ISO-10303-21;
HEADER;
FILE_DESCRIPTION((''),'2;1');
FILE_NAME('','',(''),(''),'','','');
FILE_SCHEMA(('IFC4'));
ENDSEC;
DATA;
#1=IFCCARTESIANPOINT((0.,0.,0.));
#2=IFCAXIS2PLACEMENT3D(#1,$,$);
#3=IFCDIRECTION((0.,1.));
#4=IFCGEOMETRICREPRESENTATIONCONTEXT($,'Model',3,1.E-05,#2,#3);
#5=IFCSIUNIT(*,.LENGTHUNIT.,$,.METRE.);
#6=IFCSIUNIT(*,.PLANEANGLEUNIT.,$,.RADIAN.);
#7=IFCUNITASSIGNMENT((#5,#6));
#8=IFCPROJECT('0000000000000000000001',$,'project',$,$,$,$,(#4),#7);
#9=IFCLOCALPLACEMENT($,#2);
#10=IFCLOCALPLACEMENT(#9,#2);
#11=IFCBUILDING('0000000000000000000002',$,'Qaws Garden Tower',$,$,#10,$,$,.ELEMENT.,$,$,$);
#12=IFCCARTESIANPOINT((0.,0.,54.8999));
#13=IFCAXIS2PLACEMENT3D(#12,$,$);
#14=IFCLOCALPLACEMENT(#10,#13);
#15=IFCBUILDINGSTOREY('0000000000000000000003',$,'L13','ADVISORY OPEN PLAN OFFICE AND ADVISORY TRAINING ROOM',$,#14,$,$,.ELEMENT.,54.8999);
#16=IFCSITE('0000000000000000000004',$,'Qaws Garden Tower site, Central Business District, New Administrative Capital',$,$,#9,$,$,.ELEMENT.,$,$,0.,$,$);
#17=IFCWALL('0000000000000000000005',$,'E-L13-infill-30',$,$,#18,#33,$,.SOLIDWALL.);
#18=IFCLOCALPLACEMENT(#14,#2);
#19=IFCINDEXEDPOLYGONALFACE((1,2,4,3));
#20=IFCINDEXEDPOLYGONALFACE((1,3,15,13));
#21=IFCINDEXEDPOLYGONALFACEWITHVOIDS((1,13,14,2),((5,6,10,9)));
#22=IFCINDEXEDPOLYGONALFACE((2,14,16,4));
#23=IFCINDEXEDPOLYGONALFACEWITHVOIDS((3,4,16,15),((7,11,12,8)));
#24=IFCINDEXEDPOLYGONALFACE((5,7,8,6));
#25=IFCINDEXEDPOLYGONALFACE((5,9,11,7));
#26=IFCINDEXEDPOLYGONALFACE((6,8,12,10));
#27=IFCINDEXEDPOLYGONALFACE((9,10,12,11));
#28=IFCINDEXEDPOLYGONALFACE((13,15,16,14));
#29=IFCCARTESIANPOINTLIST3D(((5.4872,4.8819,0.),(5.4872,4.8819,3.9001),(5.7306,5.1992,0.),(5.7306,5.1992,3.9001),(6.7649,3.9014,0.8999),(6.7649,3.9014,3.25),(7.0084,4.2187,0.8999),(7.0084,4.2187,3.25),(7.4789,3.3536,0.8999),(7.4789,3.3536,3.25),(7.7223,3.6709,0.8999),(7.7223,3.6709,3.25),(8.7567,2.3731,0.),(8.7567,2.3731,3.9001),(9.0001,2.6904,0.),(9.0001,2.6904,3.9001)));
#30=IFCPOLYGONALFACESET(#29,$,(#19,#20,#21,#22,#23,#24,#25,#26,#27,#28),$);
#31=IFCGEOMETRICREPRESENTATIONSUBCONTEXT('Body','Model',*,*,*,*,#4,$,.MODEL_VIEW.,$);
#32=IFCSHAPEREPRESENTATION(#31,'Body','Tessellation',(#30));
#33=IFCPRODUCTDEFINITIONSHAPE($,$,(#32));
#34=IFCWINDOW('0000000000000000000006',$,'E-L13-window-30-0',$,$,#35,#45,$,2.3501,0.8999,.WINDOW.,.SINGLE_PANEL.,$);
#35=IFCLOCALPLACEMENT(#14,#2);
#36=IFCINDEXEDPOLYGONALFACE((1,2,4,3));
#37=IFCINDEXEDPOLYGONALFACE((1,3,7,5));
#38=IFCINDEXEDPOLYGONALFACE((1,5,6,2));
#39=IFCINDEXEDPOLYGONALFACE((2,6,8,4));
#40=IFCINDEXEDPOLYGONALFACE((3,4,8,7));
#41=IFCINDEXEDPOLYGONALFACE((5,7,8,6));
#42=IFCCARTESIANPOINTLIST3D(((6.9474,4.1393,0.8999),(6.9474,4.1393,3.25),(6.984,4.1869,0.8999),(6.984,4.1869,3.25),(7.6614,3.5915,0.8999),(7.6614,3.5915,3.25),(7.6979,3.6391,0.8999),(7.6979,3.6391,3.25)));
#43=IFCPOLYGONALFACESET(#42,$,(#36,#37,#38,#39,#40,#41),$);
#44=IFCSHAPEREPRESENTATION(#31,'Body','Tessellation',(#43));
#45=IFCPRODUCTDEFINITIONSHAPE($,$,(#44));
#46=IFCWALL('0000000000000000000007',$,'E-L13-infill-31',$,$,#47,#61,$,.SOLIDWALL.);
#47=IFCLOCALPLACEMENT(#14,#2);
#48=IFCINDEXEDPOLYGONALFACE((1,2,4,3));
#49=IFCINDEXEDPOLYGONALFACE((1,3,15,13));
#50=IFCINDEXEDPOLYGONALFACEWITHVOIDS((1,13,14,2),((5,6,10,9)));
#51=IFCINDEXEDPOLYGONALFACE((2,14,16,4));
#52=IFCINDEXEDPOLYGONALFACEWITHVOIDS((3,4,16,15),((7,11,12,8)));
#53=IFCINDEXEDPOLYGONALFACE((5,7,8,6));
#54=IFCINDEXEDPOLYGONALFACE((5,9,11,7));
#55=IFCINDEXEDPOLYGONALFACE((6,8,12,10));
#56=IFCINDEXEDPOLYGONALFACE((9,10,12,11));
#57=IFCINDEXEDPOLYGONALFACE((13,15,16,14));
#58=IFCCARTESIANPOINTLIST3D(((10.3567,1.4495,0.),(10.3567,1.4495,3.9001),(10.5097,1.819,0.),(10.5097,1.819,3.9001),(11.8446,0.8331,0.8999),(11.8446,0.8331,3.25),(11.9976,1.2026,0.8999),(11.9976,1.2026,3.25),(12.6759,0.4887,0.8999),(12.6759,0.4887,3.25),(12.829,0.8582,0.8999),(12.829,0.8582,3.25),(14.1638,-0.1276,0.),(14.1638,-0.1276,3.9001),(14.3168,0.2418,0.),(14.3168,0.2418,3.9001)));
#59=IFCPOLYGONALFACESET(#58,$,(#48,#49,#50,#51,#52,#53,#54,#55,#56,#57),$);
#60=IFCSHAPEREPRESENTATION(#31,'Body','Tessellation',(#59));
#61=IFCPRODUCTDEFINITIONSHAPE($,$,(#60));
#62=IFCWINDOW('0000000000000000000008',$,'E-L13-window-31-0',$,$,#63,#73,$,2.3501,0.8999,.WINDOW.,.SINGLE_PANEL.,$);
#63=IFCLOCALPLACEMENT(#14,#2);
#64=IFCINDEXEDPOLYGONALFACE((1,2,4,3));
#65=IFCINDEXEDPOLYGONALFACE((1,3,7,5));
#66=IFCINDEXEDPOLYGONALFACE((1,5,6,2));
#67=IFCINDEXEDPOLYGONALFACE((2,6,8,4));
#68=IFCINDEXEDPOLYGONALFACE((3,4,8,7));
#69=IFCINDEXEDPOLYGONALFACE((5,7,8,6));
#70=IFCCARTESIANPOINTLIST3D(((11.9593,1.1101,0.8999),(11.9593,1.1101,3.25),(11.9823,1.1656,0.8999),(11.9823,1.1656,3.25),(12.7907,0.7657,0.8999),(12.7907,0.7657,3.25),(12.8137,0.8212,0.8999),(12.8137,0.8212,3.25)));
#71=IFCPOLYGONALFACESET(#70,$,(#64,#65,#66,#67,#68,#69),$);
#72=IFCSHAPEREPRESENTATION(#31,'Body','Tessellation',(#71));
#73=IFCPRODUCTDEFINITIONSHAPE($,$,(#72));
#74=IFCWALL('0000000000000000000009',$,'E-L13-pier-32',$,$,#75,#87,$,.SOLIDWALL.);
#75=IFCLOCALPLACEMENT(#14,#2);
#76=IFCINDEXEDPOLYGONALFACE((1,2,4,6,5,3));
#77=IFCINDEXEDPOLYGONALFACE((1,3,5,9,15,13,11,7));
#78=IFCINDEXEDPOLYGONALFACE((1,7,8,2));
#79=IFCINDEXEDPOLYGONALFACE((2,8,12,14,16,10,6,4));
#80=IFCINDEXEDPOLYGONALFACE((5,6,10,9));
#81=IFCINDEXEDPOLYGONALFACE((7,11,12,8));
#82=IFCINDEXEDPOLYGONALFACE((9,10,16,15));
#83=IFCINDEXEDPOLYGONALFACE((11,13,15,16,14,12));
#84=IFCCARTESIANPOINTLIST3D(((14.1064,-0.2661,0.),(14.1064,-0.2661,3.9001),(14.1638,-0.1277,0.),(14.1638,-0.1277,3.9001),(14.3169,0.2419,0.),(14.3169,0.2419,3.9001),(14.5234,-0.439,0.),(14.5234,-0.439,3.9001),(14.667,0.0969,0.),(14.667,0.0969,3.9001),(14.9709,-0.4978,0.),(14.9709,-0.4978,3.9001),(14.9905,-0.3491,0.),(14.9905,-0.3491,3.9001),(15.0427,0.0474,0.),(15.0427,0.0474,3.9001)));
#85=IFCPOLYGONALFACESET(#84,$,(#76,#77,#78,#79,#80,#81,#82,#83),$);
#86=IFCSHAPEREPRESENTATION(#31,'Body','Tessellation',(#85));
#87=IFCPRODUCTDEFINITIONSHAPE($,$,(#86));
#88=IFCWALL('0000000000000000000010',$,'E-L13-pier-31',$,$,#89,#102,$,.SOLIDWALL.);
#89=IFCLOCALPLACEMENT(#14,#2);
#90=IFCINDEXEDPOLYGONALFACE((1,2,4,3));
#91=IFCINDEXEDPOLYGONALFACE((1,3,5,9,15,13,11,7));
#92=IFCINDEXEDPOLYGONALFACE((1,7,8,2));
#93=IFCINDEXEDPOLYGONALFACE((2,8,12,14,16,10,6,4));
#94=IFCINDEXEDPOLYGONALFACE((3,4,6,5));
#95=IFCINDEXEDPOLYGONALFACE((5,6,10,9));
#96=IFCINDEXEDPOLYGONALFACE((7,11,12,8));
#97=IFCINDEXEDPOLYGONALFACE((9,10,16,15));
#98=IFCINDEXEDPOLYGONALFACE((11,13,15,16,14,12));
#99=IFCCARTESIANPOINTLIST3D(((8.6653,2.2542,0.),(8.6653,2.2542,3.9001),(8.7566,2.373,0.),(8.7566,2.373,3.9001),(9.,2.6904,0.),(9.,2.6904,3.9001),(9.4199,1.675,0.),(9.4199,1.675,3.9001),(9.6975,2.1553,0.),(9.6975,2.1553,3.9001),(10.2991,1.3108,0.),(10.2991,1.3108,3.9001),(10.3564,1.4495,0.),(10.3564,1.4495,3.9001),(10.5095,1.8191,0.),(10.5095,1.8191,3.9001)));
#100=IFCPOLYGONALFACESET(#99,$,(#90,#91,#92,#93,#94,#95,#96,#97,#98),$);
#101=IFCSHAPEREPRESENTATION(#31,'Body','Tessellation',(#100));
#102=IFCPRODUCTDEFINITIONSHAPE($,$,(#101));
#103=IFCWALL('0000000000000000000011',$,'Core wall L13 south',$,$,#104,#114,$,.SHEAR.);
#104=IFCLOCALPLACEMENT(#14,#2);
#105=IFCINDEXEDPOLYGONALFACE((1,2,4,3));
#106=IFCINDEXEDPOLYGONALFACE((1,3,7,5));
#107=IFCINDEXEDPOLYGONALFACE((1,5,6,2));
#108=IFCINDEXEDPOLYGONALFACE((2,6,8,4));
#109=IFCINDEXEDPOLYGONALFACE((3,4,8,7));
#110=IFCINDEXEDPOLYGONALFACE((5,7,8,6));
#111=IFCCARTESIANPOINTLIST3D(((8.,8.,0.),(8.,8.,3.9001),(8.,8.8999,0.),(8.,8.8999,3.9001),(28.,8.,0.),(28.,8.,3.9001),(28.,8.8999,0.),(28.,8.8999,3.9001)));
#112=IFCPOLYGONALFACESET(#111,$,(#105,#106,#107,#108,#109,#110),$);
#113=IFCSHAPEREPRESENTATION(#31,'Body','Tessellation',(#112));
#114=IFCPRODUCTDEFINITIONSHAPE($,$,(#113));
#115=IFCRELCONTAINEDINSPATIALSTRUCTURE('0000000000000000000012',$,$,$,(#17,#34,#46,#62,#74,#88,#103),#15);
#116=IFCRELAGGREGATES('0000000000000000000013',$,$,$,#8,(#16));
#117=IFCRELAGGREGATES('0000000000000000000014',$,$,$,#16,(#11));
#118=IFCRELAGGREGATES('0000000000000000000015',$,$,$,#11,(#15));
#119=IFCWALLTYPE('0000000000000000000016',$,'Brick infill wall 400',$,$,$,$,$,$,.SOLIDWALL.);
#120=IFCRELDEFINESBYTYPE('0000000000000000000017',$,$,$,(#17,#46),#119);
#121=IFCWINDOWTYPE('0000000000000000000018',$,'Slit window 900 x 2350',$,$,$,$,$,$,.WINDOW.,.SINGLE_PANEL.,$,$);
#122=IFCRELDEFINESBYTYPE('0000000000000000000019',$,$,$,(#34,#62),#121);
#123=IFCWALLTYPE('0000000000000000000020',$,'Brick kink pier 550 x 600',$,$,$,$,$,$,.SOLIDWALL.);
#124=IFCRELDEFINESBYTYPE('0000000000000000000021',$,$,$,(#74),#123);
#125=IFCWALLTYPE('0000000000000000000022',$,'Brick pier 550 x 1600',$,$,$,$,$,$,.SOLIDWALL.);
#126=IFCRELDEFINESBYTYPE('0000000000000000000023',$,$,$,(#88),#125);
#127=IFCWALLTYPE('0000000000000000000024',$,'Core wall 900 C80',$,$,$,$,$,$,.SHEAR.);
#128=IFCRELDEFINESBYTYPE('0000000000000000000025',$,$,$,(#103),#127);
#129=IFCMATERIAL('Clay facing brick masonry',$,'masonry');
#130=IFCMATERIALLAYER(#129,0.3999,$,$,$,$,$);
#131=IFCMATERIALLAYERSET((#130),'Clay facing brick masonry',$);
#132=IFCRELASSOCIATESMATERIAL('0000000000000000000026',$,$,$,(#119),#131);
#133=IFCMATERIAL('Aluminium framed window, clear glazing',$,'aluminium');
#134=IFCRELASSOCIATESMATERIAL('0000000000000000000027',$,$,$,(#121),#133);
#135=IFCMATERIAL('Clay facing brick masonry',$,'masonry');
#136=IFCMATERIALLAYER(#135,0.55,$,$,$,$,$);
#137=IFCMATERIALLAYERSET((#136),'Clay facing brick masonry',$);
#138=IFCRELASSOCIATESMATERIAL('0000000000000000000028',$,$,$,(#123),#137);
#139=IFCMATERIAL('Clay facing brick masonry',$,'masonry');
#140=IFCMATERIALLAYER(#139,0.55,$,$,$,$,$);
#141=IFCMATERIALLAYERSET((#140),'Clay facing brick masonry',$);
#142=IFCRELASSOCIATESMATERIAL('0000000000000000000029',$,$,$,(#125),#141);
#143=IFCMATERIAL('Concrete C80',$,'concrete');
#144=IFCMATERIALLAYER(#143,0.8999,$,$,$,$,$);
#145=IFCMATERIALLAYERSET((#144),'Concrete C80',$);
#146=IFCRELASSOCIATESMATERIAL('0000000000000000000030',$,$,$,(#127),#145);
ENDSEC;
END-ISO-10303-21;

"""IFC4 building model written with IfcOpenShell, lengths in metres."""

from ifc_helpers import new_model, si_unit, direction, frame, frame_2d, origin, place, context, subcontext, project, spatial, polyline, rectangle, outline, extrude, material, layer, layer_set, type_object, element, fill, save


model = new_model("IFC4")

# Units and contexts
model_context = context("Model", 3, precision=1e-05, world=origin(), true_north=direction((0.0, 1.0)))
body_context = subcontext(model_context, "Body", "Model", "MODEL_VIEW")
ifc_project = project(units=[si_unit("LENGTHUNIT", "METRE"), si_unit("PLANEANGLEUNIT", "RADIAN")], contexts=[model_context])

# Site, building, storey
site_placement = place(None, origin())
site = spatial("IfcSite", under=ifc_project, at=site_placement, Name="Qaws Garden Tower site, Central Business District, New Administrative Capital", CompositionType="ELEMENT", RefElevation=0.0)
building_placement = place(site_placement, origin())
building = spatial("IfcBuilding", under=site, at=building_placement, Name="Qaws Garden Tower", CompositionType="ELEMENT")
storey_placement = place(building_placement, frame((0.0, 0.0, 54.8999)))
storey = spatial("IfcBuildingStorey", under=building, at=storey_placement, Name="L13", Description="ADVISORY OPEN PLAN OFFICE AND ADVISORY TRAINING ROOM", CompositionType="ELEMENT", Elevation=54.8999)

# Shared definitions
placement_1 = place(storey_placement, origin())

# Walls, openings, windows
ifc_material_1 = material(Name="Clay facing brick masonry", Category="masonry")
ifc_layer_1 = layer(ifc_material_1, 0.3999)
ifc_layer_set_1 = layer_set([ifc_layer_1], Name="Clay facing brick masonry")
wall_type_1 = type_object("IfcWallType", Name="Brick infill wall 400", PredefinedType="SOLIDWALL", material=ifc_layer_set_1)
ifc_material_2 = material(Name="Aluminium framed window, clear glazing", Category="aluminium")
window_type = type_object("IfcWindowType", Name="Slit window 900 x 2350", PartitioningType="SINGLE_PANEL", PredefinedType="WINDOW", material=ifc_material_2)
wall_1_placement = place(storey_placement, frame((5.6089, 5.0405, 0.0), z_axis=(0.0, 0.0, 1.0), x_axis=(0.793355, -0.60876, 0.0)))
wall_1 = element("IfcWall", 1, at=wall_1_placement, inside=storey, type_object=wall_type_1, Name="E-L13-infill-30", PredefinedType="SOLIDWALL", context=body_context, shape_type="SweptSolid", body=[
    extrude(rectangle(XDim=4.1211, YDim=0.3999, at=frame_2d((2.0605, 0.0))), origin(), (0.0, 0.0, 1.0), 3.9001),
])
opening_1_placement = place(wall_1_placement, frame((1.6106, 0.0, 0.8999)))
opening_1 = element("IfcOpeningElement", 2, at=opening_1_placement, cuts=wall_1, PredefinedType="OPENING", context=body_context, shape_type="SweptSolid", body=[
    extrude(rectangle(XDim=0.8999, YDim=2.3501, at=frame_2d((0.45, 1.175))), frame((0.0, 0.21, 0.0), z_axis=(0.0, -1.0, 0.0), x_axis=(1.0, 0.0, 0.0)), (0.0, 0.0, 1.0), 0.4199),
])
window_1_placement = place(opening_1_placement, origin())
window_1 = element("IfcWindow", 3, at=window_1_placement, inside=storey, type_object=window_type, Name="E-L13-window-30-0", OverallHeight=2.3501, OverallWidth=0.8999, PartitioningType="SINGLE_PANEL", PredefinedType="WINDOW", context=body_context, shape_type="SweptSolid", body=[
    extrude(rectangle(XDim=0.8999, YDim=2.3501, at=frame_2d((0.45, 1.175))), frame((0.0, 0.1599, 0.0), z_axis=(0.0, -1.0, 0.0), x_axis=(1.0, 0.0, 0.0)), (0.0, 0.0, 1.0), 0.0601),
])
fill(opening_1, window_1)
wall_2_placement = place(storey_placement, frame((10.4331, 1.6343, 0.0), z_axis=(0.0, 0.0, 1.0), x_axis=(0.923864, -0.382722, 0.0)))
wall_2 = element("IfcWall", 4, at=wall_2_placement, inside=storey, type_object=wall_type_1, Name="E-L13-infill-31", PredefinedType="SOLIDWALL", context=body_context, shape_type="SweptSolid", body=[
    extrude(rectangle(XDim=4.1208, YDim=0.3999, at=frame_2d((2.0605, 0.0))), origin(), (0.0, 0.0, 1.0), 3.9001),
])
opening_2_placement = place(wall_2_placement, frame((1.6106, 0.0, 0.8999)))
opening_2 = element("IfcOpeningElement", 5, at=opening_2_placement, cuts=wall_2, PredefinedType="OPENING", context=body_context, shape_type="SweptSolid", body=[
    extrude(rectangle(XDim=0.8999, YDim=2.3501, at=frame_2d((0.45, 1.175))), frame((0.0, 0.21, 0.0), z_axis=(0.0, -1.0, 0.0), x_axis=(1.0, 0.0, 0.0)), (0.0, 0.0, 1.0), 0.4199),
])
window_2_placement = place(opening_2_placement, origin())
window_2 = element("IfcWindow", 6, at=window_2_placement, inside=storey, type_object=window_type, Name="E-L13-window-31-0", OverallHeight=2.3501, OverallWidth=0.8999, PartitioningType="SINGLE_PANEL", PredefinedType="WINDOW", context=body_context, shape_type="SweptSolid", body=[
    extrude(rectangle(XDim=0.8999, YDim=2.3501, at=frame_2d((0.45, 1.175))), frame((0.0, 0.1599, 0.0), z_axis=(0.0, -1.0, 0.0), x_axis=(1.0, 0.0, 0.0)), (0.0, 0.0, 1.0), 0.0601),
])
fill(opening_2, window_2)

# Walls
ifc_material_3 = material(Name="Clay facing brick masonry", Category="masonry")
ifc_layer_2 = layer(ifc_material_3, 0.55)
ifc_layer_set_2 = layer_set([ifc_layer_2], Name="Clay facing brick masonry")
wall_type_2 = type_object("IfcWallType", Name="Brick kink pier 550 x 600", PredefinedType="SOLIDWALL", material=ifc_layer_set_2)
element("IfcWall", 7, at=placement_1, inside=storey, type_object=wall_type_2, Name="E-L13-pier-32", PredefinedType="SOLIDWALL", context=body_context, shape_type="SweptSolid", body=[
    extrude(outline(polyline([(14.1638, -0.1277), (14.1064, -0.2661), (14.5234, -0.439), (14.9709, -0.4978), (14.9905, -0.3491), (15.0427, 0.0474), (14.667, 0.0969), (14.3169, 0.2419), (14.1638, -0.1277)])), origin(), (0.0, 0.0, 1.0), 3.9001),
])
ifc_material_4 = material(Name="Clay facing brick masonry", Category="masonry")
ifc_layer_3 = layer(ifc_material_4, 0.55)
ifc_layer_set_3 = layer_set([ifc_layer_3], Name="Clay facing brick masonry")
wall_type_3 = type_object("IfcWallType", Name="Brick pier 550 x 1600", PredefinedType="SOLIDWALL", material=ifc_layer_set_3)
element("IfcWall", 8, at=placement_1, inside=storey, type_object=wall_type_3, Name="E-L13-pier-31", PredefinedType="SOLIDWALL", context=body_context, shape_type="SweptSolid", body=[
    extrude(outline(polyline([(8.7566, 2.373), (8.6653, 2.2542), (9.4199, 1.675), (10.2991, 1.3108), (10.3564, 1.4495), (10.5095, 1.8191), (9.6975, 2.1553), (9.0, 2.6904), (8.7566, 2.373)])), origin(), (0.0, 0.0, 1.0), 3.9001),
])
ifc_material_5 = material(Name="Concrete C80", Category="concrete")
ifc_layer_4 = layer(ifc_material_5, 0.8999)
ifc_layer_set_4 = layer_set([ifc_layer_4], Name="Concrete C80")
wall_type_4 = type_object("IfcWallType", Name="Core wall 900 C80", PredefinedType="SHEAR", material=ifc_layer_set_4)
wall_3_placement = place(storey_placement, frame((8.0, 8.45, 0.0), z_axis=(0.0, 0.0, 1.0), x_axis=(1.0, 0.0, 0.0)))
element("IfcWall", 9, at=wall_3_placement, inside=storey, type_object=wall_type_4, Name="Core wall L13 south", PredefinedType="SHEAR", context=body_context, shape_type="SweptSolid", body=[
    extrude(rectangle(XDim=20.0, YDim=0.8999, at=frame_2d((10.0, 0.0))), origin(), (0.0, 0.0, 1.0), 3.9001),
])

save(model, "model.ifc")
